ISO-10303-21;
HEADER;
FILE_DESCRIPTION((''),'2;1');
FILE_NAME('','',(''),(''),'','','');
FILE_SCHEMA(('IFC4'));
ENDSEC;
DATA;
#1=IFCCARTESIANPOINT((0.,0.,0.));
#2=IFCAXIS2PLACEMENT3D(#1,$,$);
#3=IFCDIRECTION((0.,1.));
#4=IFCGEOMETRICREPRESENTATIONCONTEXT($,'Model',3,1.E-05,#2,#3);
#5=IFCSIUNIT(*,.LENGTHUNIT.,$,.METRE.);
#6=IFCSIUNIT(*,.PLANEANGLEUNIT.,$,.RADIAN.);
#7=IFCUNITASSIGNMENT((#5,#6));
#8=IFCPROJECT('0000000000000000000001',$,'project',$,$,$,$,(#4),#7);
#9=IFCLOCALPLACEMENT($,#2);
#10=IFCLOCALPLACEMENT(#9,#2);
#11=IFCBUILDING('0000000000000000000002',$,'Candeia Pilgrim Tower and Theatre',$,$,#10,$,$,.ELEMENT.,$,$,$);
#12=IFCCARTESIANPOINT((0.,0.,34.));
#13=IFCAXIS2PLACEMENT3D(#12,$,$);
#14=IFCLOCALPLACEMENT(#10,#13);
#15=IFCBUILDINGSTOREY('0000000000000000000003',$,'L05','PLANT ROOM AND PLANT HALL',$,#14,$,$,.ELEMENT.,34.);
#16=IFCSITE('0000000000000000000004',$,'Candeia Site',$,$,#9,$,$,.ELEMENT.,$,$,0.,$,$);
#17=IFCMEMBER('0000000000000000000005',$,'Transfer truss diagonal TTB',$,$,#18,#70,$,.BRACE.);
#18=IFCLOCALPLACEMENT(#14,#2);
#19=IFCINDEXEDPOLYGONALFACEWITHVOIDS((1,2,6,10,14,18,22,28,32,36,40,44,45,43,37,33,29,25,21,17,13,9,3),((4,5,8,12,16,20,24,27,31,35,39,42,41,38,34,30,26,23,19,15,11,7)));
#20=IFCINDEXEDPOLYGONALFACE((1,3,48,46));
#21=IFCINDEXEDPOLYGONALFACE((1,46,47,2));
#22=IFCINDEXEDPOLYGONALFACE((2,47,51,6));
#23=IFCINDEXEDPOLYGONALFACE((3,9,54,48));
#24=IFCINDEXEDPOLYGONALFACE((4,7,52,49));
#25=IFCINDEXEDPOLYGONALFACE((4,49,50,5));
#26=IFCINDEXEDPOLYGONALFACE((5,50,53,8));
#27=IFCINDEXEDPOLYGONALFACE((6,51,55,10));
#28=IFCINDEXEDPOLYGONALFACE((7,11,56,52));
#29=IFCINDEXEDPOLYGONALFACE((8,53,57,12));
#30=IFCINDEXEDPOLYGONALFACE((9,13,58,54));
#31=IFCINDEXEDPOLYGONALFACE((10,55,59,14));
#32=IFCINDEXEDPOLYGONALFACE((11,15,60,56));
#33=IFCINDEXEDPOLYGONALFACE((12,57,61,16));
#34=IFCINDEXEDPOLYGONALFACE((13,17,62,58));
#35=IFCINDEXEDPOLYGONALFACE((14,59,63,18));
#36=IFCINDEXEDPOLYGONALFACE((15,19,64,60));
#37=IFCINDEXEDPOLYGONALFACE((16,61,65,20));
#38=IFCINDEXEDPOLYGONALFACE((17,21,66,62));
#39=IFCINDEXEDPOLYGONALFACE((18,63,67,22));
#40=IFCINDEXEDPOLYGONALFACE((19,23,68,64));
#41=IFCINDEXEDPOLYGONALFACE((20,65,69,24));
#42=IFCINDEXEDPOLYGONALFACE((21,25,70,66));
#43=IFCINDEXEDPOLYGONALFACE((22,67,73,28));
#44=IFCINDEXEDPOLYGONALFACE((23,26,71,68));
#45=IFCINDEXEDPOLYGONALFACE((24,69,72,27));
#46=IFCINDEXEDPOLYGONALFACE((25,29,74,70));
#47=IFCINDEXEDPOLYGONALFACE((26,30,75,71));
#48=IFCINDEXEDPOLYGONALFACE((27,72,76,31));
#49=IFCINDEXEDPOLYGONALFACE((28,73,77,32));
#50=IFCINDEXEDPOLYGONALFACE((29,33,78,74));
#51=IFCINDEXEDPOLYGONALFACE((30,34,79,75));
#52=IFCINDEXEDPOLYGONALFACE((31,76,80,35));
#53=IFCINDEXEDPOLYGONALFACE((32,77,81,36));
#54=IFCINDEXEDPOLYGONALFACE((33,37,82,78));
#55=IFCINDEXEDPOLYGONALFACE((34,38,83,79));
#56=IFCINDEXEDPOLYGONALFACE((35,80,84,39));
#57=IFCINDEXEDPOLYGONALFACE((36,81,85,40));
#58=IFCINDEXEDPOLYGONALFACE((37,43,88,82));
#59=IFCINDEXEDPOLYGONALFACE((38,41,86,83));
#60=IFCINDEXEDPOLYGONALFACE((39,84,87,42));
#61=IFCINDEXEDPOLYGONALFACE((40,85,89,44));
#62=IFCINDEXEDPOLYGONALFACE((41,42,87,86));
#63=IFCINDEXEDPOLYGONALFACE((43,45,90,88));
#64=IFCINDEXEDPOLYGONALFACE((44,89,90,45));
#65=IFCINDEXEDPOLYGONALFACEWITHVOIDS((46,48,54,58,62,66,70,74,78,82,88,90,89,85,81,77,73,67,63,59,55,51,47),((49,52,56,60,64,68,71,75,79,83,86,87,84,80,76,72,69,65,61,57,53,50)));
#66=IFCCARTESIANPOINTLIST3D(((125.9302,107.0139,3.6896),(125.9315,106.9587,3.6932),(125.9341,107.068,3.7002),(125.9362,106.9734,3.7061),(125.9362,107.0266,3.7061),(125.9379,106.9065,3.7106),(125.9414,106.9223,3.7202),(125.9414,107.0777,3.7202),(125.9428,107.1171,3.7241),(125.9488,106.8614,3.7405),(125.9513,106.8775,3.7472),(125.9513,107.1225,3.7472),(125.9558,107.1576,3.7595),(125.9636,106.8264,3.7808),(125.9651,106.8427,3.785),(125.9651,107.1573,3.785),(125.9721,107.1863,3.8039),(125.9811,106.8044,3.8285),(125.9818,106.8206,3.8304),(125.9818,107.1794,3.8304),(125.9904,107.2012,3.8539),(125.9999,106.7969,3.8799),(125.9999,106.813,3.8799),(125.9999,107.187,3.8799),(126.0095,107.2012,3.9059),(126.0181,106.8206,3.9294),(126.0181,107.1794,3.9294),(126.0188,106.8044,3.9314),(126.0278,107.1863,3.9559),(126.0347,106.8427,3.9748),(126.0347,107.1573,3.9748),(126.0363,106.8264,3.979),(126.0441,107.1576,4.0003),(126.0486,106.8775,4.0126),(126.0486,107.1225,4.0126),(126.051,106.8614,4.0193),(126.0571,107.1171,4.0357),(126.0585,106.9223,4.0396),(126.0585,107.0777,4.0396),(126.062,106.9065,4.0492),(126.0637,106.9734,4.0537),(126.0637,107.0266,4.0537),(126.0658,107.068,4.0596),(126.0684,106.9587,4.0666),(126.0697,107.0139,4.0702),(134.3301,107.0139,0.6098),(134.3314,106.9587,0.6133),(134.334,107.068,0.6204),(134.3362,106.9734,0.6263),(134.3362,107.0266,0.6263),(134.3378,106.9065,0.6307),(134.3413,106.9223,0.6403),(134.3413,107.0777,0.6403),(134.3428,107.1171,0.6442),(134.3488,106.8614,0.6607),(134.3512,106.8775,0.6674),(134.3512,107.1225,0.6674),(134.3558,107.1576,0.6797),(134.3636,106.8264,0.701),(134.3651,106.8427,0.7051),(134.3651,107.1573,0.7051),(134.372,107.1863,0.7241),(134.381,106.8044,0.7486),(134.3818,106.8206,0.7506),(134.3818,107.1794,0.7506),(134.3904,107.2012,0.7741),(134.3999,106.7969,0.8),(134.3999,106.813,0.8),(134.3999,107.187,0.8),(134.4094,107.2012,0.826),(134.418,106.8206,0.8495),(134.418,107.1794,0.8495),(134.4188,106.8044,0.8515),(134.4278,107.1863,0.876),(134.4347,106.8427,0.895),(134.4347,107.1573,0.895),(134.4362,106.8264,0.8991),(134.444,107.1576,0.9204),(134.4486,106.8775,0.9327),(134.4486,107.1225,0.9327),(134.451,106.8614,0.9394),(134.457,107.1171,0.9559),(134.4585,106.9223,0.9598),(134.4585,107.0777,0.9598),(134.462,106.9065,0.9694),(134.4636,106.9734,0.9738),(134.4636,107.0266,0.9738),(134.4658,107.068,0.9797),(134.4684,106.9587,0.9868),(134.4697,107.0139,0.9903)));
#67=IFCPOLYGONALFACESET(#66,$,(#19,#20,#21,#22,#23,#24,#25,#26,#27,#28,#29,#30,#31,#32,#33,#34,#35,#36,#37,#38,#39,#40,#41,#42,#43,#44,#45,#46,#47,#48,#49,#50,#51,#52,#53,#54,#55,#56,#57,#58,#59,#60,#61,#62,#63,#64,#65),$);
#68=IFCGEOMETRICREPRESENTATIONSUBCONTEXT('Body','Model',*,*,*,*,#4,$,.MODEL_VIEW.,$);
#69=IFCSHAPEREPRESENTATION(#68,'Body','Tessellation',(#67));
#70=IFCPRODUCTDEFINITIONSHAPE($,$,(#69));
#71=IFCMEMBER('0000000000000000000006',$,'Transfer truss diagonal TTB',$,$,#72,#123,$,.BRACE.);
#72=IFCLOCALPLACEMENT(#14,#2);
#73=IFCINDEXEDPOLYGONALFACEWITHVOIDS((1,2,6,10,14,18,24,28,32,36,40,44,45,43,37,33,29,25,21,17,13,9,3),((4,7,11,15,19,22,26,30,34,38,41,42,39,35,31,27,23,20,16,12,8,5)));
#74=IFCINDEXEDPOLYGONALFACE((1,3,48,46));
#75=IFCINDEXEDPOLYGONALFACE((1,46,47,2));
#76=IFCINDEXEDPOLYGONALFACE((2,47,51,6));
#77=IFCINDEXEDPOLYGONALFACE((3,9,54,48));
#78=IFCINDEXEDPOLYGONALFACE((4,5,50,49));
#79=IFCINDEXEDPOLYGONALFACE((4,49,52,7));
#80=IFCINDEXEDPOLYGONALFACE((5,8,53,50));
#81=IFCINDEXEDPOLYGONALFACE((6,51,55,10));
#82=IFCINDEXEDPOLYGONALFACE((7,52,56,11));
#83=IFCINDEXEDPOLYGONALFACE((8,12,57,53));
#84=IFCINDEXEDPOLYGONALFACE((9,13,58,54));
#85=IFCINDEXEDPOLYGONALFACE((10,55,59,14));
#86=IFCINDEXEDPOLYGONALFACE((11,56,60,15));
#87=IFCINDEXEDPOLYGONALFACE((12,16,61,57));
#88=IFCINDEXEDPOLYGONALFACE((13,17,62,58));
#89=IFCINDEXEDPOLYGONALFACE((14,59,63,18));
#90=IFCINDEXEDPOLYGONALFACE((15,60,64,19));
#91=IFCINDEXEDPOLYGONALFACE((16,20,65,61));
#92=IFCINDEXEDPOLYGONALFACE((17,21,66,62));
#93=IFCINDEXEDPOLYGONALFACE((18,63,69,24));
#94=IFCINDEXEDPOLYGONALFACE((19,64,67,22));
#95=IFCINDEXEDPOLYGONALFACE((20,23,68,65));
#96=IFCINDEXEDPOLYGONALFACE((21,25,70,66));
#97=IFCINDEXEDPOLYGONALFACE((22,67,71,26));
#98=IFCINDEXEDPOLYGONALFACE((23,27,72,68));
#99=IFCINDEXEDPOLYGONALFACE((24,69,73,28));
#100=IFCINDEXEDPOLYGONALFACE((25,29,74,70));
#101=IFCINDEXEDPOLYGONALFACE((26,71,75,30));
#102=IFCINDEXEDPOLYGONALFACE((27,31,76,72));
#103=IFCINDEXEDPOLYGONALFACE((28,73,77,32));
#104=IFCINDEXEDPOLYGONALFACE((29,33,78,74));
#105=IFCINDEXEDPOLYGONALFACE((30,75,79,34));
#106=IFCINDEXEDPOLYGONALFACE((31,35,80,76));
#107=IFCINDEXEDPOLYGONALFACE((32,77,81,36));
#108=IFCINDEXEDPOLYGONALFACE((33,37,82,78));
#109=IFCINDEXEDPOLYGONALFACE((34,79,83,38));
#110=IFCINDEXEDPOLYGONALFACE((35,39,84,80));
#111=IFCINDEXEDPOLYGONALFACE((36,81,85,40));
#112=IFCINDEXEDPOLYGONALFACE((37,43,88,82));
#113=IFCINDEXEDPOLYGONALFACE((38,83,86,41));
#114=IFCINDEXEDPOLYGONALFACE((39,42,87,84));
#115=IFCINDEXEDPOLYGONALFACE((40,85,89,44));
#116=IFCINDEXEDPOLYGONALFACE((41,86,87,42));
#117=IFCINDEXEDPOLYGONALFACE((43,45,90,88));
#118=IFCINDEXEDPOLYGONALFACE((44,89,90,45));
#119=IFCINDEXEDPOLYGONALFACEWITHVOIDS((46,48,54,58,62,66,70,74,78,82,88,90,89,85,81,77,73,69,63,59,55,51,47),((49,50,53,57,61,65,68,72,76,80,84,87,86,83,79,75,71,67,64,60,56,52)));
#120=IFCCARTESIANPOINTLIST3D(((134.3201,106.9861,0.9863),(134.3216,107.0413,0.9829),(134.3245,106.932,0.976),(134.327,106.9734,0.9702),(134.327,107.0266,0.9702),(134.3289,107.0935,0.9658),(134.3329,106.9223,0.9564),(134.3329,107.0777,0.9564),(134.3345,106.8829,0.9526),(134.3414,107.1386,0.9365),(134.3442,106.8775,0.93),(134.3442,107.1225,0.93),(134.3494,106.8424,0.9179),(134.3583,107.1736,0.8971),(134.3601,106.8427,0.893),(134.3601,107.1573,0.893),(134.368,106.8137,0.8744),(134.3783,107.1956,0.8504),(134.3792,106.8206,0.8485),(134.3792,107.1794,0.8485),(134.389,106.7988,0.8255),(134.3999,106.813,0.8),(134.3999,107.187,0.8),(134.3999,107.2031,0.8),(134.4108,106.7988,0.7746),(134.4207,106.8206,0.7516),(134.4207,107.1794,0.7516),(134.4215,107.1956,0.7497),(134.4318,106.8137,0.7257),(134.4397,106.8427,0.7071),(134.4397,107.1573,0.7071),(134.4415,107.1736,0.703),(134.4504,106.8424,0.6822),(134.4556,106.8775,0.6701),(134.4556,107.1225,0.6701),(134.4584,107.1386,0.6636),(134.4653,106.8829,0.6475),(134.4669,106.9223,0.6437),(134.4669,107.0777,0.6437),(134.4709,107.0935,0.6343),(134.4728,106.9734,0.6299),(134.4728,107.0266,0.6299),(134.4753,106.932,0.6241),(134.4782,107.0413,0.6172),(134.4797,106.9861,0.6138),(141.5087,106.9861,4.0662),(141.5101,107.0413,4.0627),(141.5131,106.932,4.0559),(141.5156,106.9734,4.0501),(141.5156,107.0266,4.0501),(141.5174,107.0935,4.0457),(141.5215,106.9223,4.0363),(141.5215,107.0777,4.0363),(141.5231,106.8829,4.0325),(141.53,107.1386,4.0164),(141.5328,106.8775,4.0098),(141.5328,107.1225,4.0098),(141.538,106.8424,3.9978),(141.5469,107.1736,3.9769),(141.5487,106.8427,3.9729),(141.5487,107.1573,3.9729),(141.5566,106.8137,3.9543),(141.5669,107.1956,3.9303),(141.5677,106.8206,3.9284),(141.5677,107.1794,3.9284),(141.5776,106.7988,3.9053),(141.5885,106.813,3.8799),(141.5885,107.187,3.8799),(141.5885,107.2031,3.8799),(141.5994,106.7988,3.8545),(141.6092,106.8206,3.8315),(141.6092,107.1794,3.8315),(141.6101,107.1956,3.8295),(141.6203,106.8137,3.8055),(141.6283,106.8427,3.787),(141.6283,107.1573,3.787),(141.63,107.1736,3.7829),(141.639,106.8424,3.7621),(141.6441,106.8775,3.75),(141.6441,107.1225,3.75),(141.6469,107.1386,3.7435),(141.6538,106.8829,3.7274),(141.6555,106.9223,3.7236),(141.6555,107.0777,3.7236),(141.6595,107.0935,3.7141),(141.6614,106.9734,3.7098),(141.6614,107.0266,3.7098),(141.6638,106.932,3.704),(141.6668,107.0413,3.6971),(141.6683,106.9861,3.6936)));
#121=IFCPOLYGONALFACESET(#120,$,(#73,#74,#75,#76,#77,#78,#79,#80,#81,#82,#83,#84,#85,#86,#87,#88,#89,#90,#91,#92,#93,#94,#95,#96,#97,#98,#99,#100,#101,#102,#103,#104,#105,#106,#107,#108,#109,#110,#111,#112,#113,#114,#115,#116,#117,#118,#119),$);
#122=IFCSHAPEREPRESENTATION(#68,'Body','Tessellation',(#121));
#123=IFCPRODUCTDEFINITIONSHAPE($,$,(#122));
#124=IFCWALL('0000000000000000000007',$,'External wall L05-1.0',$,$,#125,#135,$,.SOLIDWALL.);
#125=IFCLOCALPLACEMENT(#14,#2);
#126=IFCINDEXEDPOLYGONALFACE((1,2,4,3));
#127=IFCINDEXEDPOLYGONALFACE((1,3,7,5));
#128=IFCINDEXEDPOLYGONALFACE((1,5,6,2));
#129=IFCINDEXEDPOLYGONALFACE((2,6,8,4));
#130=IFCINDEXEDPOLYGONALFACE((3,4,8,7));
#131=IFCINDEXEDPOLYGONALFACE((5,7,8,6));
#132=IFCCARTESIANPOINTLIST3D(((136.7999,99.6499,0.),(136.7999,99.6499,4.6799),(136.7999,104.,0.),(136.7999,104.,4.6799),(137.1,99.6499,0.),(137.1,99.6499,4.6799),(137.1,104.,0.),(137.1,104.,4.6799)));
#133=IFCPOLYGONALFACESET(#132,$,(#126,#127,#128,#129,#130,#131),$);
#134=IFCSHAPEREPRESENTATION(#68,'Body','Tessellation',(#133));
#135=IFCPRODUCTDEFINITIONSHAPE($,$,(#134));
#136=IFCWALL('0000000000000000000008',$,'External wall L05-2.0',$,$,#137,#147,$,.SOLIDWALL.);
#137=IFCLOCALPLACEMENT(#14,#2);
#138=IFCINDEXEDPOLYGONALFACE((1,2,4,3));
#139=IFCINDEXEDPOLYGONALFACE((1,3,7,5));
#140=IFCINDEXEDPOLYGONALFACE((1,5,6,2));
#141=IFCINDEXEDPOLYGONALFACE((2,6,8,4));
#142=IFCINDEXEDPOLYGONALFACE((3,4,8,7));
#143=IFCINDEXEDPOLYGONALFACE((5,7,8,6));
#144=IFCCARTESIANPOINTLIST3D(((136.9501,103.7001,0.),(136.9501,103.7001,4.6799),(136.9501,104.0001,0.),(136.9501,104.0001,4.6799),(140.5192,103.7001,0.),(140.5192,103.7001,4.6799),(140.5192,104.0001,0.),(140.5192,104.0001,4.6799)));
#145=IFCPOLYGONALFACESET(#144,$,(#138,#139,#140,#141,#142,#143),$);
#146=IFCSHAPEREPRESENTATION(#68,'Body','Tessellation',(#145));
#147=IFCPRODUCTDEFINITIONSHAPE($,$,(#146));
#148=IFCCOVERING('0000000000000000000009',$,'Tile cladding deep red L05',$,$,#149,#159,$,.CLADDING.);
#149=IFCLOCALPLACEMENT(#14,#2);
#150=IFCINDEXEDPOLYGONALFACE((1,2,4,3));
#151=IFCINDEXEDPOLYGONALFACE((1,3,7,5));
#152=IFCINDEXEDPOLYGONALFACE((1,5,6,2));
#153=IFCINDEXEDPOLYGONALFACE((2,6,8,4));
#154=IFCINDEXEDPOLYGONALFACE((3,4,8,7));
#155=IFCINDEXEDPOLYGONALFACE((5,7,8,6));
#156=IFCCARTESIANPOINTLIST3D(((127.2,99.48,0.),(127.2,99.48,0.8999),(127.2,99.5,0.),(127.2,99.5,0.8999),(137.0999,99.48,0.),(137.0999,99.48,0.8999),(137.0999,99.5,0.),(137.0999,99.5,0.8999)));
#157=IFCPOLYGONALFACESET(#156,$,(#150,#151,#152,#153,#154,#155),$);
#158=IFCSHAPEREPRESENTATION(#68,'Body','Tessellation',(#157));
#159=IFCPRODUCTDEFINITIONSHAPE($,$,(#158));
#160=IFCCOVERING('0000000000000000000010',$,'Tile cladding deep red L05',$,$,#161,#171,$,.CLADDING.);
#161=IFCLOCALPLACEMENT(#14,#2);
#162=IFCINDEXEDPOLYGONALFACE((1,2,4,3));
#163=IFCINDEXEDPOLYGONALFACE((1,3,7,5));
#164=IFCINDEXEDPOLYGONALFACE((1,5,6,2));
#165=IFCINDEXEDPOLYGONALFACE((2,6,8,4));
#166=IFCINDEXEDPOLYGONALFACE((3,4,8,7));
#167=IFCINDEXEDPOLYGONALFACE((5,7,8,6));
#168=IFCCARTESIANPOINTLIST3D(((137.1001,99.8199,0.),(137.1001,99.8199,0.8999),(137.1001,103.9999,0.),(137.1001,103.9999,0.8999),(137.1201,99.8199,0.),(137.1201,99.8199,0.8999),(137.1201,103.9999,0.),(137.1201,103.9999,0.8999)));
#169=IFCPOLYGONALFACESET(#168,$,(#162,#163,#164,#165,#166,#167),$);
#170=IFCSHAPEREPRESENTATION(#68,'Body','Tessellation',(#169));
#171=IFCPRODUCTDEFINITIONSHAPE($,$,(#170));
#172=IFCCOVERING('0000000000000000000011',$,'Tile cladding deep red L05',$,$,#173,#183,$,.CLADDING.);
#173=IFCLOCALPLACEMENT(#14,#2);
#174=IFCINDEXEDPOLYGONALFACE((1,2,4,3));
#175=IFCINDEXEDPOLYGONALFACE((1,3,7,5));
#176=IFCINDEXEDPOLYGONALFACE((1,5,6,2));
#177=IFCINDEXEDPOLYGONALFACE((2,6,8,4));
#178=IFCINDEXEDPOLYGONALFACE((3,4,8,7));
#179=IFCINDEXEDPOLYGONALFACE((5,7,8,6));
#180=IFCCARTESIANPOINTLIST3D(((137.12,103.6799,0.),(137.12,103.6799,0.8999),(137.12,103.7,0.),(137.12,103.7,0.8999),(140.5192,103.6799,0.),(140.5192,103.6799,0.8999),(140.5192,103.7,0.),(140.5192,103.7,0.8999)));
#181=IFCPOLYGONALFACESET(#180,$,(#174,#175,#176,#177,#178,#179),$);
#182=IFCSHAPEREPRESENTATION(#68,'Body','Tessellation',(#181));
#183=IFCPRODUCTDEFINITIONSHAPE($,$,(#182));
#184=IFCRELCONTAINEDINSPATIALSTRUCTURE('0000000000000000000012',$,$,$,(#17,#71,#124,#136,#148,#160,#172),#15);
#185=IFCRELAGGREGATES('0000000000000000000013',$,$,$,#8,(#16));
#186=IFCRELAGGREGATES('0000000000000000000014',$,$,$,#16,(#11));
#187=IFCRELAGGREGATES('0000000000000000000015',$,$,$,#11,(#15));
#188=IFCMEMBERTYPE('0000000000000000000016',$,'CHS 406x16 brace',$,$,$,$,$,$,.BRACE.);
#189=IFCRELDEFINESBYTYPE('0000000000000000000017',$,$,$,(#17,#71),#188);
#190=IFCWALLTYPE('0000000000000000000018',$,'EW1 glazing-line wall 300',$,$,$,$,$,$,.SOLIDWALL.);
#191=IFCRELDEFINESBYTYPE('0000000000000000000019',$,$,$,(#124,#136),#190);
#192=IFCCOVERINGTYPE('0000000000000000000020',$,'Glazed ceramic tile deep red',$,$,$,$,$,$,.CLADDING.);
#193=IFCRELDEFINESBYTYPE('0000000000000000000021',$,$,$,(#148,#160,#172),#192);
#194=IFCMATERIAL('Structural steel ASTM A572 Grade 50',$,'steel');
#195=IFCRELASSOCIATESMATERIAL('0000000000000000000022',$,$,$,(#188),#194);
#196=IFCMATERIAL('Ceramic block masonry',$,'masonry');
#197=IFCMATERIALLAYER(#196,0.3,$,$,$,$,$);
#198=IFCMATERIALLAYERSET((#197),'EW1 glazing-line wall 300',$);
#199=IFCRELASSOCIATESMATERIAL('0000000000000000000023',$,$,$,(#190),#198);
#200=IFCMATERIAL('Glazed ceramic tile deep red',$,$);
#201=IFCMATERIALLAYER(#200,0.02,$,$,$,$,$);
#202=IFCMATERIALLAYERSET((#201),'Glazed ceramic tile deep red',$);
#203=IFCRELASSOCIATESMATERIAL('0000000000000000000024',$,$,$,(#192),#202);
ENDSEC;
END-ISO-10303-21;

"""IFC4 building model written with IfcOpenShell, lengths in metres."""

from ifc_helpers import new_model, si_unit, direction, frame, frame_2d, origin, origin_2d, place, context, subcontext, project, spatial, rectangle, hollow_circle, extrude, material, layer, layer_set, material_profile, profile_set, type_object, element, save


model = new_model("IFC4")

# Units and contexts
model_context = context("Model", 3, precision=1e-05, world=origin(), true_north=direction((0.0, 1.0)))
body_context = subcontext(model_context, "Body", "Model", "MODEL_VIEW")
ifc_project = project(units=[si_unit("LENGTHUNIT", "METRE"), si_unit("PLANEANGLEUNIT", "RADIAN")], contexts=[model_context])

# Site, building, storey
site_placement = place(None, origin())
site = spatial("IfcSite", under=ifc_project, at=site_placement, Name="Candeia Site", CompositionType="ELEMENT", RefElevation=0.0)
building_placement = place(site_placement, origin())
building = spatial("IfcBuilding", under=site, at=building_placement, Name="Candeia Pilgrim Tower and Theatre", CompositionType="ELEMENT")
storey_placement = place(building_placement, frame((0.0, 0.0, 34.0)))
storey = spatial("IfcBuildingStorey", under=building, at=storey_placement, Name="L05", Description="PLANT ROOM AND PLANT HALL", CompositionType="ELEMENT", Elevation=34.0)

# Members
ifc_material_1 = material(Name="Structural steel ASTM A572 Grade 50", Category="steel")
ifc_material_profile_1 = material_profile(ifc_material_1, hollow_circle(Radius=0.2031, WallThickness=0.0161, at=origin_2d()))
ifc_profile_set_1 = profile_set([ifc_material_profile_1], Name="Structural steel ASTM A572 Grade 50")
member_type_1 = type_object("IfcMemberType", Name="CHS 406x16 brace", PredefinedType="BRACE", material=ifc_profile_set_1)
member_1_placement = place(storey_placement, frame((134.3999, 107.0, 0.8), z_axis=(-0.938881, 0.0, 0.344242), x_axis=(0.0, -1.0, 0.0)))
element("IfcMember", 1, at=member_1_placement, inside=storey, type_object=member_type_1, Name="Transfer truss diagonal TTB", PredefinedType="BRACE", context=body_context, shape_type="SweptSolid", body=[
    extrude(hollow_circle(Radius=0.2031, WallThickness=0.0161, at=origin_2d()), origin(), (0.0, 0.0, 1.0), 8.9468),
])
member_2_placement = place(storey_placement, frame((134.3999, 107.0, 0.8), z_axis=(0.919189, 0.0, 0.393818), x_axis=(0.0, 1.0, 0.0)))
element("IfcMember", 2, at=member_2_placement, inside=storey, type_object=member_type_1, Name="Transfer truss diagonal TTB", PredefinedType="BRACE", context=body_context, shape_type="SweptSolid", body=[
    extrude(hollow_circle(Radius=0.2031, WallThickness=0.0161, at=origin_2d()), origin(), (0.0, 0.0, 1.0), 7.8206),
])

# Walls
ifc_material_2 = material(Name="Ceramic block masonry", Category="masonry")
ifc_layer_1 = layer(ifc_material_2, 0.3)
ifc_layer_set_1 = layer_set([ifc_layer_1], Name="EW1 glazing-line wall 300")
wall_type = type_object("IfcWallType", Name="EW1 glazing-line wall 300", PredefinedType="SOLIDWALL", material=ifc_layer_set_1)
wall_1_placement = place(storey_placement, frame((136.95, 99.6499, 0.0), z_axis=(0.0, 0.0, 1.0), x_axis=(0.0, 1.0, 0.0)))
element("IfcWall", 3, at=wall_1_placement, inside=storey, type_object=wall_type, Name="External wall L05-1.0", PredefinedType="SOLIDWALL", context=body_context, shape_type="SweptSolid", body=[
    extrude(rectangle(XDim=4.3501, YDim=0.3, at=frame_2d((2.175, 0.0))), origin(), (0.0, 0.0, 1.0), 4.6799),
])
wall_2_placement = place(storey_placement, frame((136.95, 103.8501, 0.0), z_axis=(0.0, 0.0, 1.0), x_axis=(1.0, 0.0, 0.0)))
element("IfcWall", 4, at=wall_2_placement, inside=storey, type_object=wall_type, Name="External wall L05-2.0", PredefinedType="SOLIDWALL", context=body_context, shape_type="SweptSolid", body=[
    extrude(rectangle(XDim=3.5691, YDim=0.3, at=frame_2d((1.7847, 0.0))), origin(), (0.0, 0.0, 1.0), 4.6799),
])

# Coverings
ifc_material_3 = material(Name="Glazed ceramic tile deep red")
ifc_layer_2 = layer(ifc_material_3, 0.02)
ifc_layer_set_2 = layer_set([ifc_layer_2], Name="Glazed ceramic tile deep red")
covering_type = type_object("IfcCoveringType", Name="Glazed ceramic tile deep red", PredefinedType="CLADDING", material=ifc_layer_set_2)
covering_1_placement = place(storey_placement, frame((132.1499, 99.49, 0.0), z_axis=(0.0, 0.0, 1.0), x_axis=(1.0, 0.0, 0.0)))
element("IfcCovering", 5, at=covering_1_placement, inside=storey, type_object=covering_type, Name="Tile cladding deep red L05", PredefinedType="CLADDING", context=body_context, shape_type="SweptSolid", body=[
    extrude(rectangle(XDim=9.8999, YDim=0.02, at=origin_2d()), origin(), (0.0, 0.0, 1.0), 0.8999),
])
covering_2_placement = place(storey_placement, frame((137.1101, 101.9099, 0.0), z_axis=(0.0, 0.0, 1.0), x_axis=(0.0, 1.0, 0.0)))
element("IfcCovering", 6, at=covering_2_placement, inside=storey, type_object=covering_type, Name="Tile cladding deep red L05", PredefinedType="CLADDING", context=body_context, shape_type="SweptSolid", body=[
    extrude(rectangle(XDim=4.1799, YDim=0.02, at=origin_2d()), origin(), (0.0, 0.0, 1.0), 0.8999),
])
covering_3_placement = place(storey_placement, frame((138.8196, 103.6899, 0.0), z_axis=(0.0, 0.0, 1.0), x_axis=(1.0, 0.0, 0.0)))
element("IfcCovering", 7, at=covering_3_placement, inside=storey, type_object=covering_type, Name="Tile cladding deep red L05", PredefinedType="CLADDING", context=body_context, shape_type="SweptSolid", body=[
    extrude(rectangle(XDim=3.3992, YDim=0.02, at=origin_2d()), origin(), (0.0, 0.0, 1.0), 0.8999),
])

save(model, "model.ifc")
